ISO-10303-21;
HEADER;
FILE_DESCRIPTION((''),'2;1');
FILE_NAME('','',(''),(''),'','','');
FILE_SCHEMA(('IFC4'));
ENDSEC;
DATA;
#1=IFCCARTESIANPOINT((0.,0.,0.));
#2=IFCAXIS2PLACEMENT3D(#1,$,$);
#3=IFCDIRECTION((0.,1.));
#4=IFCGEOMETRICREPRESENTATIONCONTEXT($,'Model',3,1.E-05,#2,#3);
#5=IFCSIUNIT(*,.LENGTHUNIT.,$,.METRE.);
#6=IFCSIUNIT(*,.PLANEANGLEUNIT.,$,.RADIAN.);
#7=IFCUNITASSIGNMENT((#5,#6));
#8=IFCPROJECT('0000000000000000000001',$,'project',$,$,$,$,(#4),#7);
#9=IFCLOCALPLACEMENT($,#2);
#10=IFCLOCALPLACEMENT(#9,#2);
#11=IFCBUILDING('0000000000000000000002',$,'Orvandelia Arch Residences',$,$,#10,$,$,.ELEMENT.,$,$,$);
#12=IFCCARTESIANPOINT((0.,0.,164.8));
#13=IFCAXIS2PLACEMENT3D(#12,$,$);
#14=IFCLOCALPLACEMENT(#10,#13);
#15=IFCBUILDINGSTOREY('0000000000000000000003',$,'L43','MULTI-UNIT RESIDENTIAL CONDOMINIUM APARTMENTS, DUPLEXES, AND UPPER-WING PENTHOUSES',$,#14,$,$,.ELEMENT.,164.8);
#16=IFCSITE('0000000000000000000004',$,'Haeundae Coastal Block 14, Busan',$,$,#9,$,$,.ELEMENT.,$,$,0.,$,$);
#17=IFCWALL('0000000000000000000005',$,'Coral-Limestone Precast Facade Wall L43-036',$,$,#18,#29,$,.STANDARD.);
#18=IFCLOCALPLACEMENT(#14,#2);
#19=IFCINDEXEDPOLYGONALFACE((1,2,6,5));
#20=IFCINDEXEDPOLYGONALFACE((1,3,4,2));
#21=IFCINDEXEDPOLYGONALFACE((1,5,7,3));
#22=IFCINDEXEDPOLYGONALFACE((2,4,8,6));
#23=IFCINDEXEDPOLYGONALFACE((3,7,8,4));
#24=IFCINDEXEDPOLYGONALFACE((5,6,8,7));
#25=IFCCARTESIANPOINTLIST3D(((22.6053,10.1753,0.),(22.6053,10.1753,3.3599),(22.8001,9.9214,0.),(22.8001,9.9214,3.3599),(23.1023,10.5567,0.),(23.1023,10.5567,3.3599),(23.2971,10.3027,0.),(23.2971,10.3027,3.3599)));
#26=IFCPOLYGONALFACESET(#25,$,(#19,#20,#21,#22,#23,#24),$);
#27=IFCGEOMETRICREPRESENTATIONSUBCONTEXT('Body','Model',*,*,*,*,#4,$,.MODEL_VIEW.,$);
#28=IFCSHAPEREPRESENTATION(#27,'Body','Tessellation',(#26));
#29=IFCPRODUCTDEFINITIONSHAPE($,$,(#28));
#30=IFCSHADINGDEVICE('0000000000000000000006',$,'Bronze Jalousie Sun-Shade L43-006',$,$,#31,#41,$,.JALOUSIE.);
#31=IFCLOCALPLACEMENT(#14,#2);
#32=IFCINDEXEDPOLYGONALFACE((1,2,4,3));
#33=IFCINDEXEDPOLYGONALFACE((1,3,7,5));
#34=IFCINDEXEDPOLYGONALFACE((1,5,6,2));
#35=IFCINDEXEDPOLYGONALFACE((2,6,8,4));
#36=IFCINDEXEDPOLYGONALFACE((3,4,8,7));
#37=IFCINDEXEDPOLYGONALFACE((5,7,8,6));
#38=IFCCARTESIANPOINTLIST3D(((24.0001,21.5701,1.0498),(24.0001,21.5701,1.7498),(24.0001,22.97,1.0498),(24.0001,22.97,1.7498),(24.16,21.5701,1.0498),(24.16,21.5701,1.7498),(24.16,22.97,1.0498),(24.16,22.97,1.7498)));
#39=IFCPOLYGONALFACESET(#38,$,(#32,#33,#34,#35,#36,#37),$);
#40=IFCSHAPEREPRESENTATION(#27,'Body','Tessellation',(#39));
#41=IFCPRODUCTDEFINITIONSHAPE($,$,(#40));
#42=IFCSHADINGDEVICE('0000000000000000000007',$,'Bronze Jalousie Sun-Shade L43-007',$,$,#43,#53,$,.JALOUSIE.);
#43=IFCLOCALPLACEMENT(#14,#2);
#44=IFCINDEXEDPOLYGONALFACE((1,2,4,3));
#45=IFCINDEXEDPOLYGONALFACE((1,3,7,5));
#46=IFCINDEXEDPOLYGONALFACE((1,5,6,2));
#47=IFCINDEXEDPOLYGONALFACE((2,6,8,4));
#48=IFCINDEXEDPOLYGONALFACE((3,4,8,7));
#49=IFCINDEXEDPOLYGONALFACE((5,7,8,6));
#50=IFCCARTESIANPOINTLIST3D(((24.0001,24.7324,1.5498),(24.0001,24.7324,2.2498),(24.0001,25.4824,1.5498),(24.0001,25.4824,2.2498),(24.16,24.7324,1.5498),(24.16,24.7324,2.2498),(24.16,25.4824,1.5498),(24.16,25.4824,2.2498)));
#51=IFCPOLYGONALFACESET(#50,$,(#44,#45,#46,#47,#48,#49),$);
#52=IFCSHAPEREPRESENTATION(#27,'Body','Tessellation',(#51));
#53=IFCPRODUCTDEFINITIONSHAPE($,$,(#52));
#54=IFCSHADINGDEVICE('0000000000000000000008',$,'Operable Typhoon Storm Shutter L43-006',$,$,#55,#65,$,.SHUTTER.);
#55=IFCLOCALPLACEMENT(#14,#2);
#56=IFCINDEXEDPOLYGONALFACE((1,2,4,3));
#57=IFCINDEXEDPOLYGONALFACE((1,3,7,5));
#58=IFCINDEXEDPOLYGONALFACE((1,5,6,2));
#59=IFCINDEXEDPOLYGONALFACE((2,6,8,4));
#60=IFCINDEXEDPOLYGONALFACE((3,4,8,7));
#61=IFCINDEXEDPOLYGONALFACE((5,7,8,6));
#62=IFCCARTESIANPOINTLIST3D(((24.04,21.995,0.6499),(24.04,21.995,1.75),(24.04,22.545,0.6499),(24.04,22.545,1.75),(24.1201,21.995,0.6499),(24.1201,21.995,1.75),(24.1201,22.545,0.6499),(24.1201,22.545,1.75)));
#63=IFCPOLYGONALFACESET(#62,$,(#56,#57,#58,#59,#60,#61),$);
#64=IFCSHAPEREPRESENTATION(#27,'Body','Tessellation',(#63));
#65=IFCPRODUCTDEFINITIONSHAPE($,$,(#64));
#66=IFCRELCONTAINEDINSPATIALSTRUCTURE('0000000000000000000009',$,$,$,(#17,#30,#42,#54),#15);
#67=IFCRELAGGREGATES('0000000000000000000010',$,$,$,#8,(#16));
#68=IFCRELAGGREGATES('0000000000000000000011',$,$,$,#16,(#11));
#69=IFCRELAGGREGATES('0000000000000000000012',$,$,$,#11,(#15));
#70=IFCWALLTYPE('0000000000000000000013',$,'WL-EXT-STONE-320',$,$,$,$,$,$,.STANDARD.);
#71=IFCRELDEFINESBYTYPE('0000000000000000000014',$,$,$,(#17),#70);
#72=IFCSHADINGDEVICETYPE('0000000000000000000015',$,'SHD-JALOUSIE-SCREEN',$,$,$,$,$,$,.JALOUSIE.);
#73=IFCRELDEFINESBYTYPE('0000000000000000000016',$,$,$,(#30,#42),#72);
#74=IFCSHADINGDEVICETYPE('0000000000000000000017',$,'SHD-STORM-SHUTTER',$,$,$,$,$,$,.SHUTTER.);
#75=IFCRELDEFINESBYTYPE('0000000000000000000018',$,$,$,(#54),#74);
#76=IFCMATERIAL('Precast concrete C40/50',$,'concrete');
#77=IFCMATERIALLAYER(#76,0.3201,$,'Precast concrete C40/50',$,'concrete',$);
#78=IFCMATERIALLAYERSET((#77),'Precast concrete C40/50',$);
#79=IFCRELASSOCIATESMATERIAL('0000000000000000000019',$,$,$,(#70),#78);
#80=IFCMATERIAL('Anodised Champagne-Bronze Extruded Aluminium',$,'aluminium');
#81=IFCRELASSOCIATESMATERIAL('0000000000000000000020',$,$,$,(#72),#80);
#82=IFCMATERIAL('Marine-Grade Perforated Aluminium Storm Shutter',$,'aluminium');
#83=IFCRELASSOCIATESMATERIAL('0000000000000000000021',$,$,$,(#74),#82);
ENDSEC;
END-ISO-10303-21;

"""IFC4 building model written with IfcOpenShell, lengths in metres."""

from ifc_helpers import new_model, si_unit, direction, frame, frame_2d, origin, origin_2d, place, context, subcontext, project, spatial, rectangle, extrude, material, layer, layer_set, type_object, element, save


model = new_model("IFC4")

# Units and contexts
model_context = context("Model", 3, precision=1e-05, world=origin(), true_north=direction((0.0, 1.0)))
body_context = subcontext(model_context, "Body", "Model", "MODEL_VIEW")
ifc_project = project(units=[si_unit("LENGTHUNIT", "METRE"), si_unit("PLANEANGLEUNIT", "RADIAN")], contexts=[model_context])

# Site, building, storey
site_placement = place(None, origin())
site = spatial("IfcSite", under=ifc_project, at=site_placement, Name="Haeundae Coastal Block 14, Busan", CompositionType="ELEMENT", RefElevation=0.0)
building_placement = place(site_placement, origin())
building = spatial("IfcBuilding", under=site, at=building_placement, Name="Orvandelia Arch Residences", CompositionType="ELEMENT")
storey_placement = place(building_placement, frame((0.0, 0.0, 164.8)))
storey = spatial("IfcBuildingStorey", under=building, at=storey_placement, Name="L43", Description="MULTI-UNIT RESIDENTIAL CONDOMINIUM APARTMENTS, DUPLEXES, AND UPPER-WING PENTHOUSES", CompositionType="ELEMENT", Elevation=164.8)

# Shared definitions
ifc_material_1 = material(Name="Precast concrete C40/50", Category="concrete")
ifc_layer = layer(ifc_material_1, 0.3201, Name="Precast concrete C40/50", Category="concrete")
ifc_layer_set = layer_set([ifc_layer], Name="Precast concrete C40/50")
wall_type = type_object("IfcWallType", Name="WL-EXT-STONE-320", PredefinedType="STANDARD", material=ifc_layer_set)

# Wall
for number, where, z_axis, x_axis, name in (
    (1, (23.1997, 10.4297, 0.0), (0.0, 0.0, 1.0), (-0.793406, -0.608693, 0.0), "Coral-Limestone Precast Facade Wall L43-036"),
):
    element("IfcWall", number, at=place(storey_placement, frame(where, z_axis=z_axis, x_axis=x_axis)), inside=storey, type_object=wall_type, Name=name, PredefinedType="STANDARD", context=body_context, shape_type="SweptSolid", body=[
        extrude(rectangle(XDim=0.6265, YDim=0.3201, at=frame_2d((0.3132, 0.0))), origin(), (0.0, 0.0, 1.0), 3.3599),
    ])

# Shading devices
ifc_material_2 = material(Name="Anodised Champagne-Bronze Extruded Aluminium", Category="aluminium")
shading_device_type_1 = type_object("IfcShadingDeviceType", Name="SHD-JALOUSIE-SCREEN", PredefinedType="JALOUSIE", material=ifc_material_2)
shading_device_1_placement = place(storey_placement, frame((24.0801, 22.27, 1.0498), z_axis=(0.0, 0.0, 1.0), x_axis=(0.0, -1.0, 0.0)))
element("IfcShadingDevice", 2, at=shading_device_1_placement, inside=storey, type_object=shading_device_type_1, Name="Bronze Jalousie Sun-Shade L43-006", PredefinedType="JALOUSIE", context=body_context, shape_type="SweptSolid", body=[
    extrude(rectangle(XDim=1.3999, YDim=0.1599, at=origin_2d()), origin(), (0.0, 0.0, 1.0), 0.7),
])
shading_device_2_placement = place(storey_placement, frame((24.0801, 25.1074, 1.5498), z_axis=(0.0, 0.0, 1.0), x_axis=(0.0, -1.0, 0.0)))
element("IfcShadingDevice", 3, at=shading_device_2_placement, inside=storey, type_object=shading_device_type_1, Name="Bronze Jalousie Sun-Shade L43-007", PredefinedType="JALOUSIE", context=body_context, shape_type="SweptSolid", body=[
    extrude(rectangle(XDim=0.75, YDim=0.1599, at=origin_2d()), origin(), (0.0, 0.0, 1.0), 0.7),
])
ifc_material_3 = material(Name="Marine-Grade Perforated Aluminium Storm Shutter", Category="aluminium")
shading_device_type_2 = type_object("IfcShadingDeviceType", Name="SHD-STORM-SHUTTER", PredefinedType="SHUTTER", material=ifc_material_3)
shading_device_3_placement = place(storey_placement, frame((24.0801, 22.27, 0.6499), z_axis=(0.0, 0.0, 1.0), x_axis=(0.0, -1.0, 0.0)))
element("IfcShadingDevice", 4, at=shading_device_3_placement, inside=storey, type_object=shading_device_type_2, Name="Operable Typhoon Storm Shutter L43-006", PredefinedType="SHUTTER", context=body_context, shape_type="SweptSolid", body=[
    extrude(rectangle(XDim=0.55, YDim=0.0801, at=origin_2d()), origin(), (0.0, 0.0, 1.0), 1.1001),
])

save(model, "model.ifc")
